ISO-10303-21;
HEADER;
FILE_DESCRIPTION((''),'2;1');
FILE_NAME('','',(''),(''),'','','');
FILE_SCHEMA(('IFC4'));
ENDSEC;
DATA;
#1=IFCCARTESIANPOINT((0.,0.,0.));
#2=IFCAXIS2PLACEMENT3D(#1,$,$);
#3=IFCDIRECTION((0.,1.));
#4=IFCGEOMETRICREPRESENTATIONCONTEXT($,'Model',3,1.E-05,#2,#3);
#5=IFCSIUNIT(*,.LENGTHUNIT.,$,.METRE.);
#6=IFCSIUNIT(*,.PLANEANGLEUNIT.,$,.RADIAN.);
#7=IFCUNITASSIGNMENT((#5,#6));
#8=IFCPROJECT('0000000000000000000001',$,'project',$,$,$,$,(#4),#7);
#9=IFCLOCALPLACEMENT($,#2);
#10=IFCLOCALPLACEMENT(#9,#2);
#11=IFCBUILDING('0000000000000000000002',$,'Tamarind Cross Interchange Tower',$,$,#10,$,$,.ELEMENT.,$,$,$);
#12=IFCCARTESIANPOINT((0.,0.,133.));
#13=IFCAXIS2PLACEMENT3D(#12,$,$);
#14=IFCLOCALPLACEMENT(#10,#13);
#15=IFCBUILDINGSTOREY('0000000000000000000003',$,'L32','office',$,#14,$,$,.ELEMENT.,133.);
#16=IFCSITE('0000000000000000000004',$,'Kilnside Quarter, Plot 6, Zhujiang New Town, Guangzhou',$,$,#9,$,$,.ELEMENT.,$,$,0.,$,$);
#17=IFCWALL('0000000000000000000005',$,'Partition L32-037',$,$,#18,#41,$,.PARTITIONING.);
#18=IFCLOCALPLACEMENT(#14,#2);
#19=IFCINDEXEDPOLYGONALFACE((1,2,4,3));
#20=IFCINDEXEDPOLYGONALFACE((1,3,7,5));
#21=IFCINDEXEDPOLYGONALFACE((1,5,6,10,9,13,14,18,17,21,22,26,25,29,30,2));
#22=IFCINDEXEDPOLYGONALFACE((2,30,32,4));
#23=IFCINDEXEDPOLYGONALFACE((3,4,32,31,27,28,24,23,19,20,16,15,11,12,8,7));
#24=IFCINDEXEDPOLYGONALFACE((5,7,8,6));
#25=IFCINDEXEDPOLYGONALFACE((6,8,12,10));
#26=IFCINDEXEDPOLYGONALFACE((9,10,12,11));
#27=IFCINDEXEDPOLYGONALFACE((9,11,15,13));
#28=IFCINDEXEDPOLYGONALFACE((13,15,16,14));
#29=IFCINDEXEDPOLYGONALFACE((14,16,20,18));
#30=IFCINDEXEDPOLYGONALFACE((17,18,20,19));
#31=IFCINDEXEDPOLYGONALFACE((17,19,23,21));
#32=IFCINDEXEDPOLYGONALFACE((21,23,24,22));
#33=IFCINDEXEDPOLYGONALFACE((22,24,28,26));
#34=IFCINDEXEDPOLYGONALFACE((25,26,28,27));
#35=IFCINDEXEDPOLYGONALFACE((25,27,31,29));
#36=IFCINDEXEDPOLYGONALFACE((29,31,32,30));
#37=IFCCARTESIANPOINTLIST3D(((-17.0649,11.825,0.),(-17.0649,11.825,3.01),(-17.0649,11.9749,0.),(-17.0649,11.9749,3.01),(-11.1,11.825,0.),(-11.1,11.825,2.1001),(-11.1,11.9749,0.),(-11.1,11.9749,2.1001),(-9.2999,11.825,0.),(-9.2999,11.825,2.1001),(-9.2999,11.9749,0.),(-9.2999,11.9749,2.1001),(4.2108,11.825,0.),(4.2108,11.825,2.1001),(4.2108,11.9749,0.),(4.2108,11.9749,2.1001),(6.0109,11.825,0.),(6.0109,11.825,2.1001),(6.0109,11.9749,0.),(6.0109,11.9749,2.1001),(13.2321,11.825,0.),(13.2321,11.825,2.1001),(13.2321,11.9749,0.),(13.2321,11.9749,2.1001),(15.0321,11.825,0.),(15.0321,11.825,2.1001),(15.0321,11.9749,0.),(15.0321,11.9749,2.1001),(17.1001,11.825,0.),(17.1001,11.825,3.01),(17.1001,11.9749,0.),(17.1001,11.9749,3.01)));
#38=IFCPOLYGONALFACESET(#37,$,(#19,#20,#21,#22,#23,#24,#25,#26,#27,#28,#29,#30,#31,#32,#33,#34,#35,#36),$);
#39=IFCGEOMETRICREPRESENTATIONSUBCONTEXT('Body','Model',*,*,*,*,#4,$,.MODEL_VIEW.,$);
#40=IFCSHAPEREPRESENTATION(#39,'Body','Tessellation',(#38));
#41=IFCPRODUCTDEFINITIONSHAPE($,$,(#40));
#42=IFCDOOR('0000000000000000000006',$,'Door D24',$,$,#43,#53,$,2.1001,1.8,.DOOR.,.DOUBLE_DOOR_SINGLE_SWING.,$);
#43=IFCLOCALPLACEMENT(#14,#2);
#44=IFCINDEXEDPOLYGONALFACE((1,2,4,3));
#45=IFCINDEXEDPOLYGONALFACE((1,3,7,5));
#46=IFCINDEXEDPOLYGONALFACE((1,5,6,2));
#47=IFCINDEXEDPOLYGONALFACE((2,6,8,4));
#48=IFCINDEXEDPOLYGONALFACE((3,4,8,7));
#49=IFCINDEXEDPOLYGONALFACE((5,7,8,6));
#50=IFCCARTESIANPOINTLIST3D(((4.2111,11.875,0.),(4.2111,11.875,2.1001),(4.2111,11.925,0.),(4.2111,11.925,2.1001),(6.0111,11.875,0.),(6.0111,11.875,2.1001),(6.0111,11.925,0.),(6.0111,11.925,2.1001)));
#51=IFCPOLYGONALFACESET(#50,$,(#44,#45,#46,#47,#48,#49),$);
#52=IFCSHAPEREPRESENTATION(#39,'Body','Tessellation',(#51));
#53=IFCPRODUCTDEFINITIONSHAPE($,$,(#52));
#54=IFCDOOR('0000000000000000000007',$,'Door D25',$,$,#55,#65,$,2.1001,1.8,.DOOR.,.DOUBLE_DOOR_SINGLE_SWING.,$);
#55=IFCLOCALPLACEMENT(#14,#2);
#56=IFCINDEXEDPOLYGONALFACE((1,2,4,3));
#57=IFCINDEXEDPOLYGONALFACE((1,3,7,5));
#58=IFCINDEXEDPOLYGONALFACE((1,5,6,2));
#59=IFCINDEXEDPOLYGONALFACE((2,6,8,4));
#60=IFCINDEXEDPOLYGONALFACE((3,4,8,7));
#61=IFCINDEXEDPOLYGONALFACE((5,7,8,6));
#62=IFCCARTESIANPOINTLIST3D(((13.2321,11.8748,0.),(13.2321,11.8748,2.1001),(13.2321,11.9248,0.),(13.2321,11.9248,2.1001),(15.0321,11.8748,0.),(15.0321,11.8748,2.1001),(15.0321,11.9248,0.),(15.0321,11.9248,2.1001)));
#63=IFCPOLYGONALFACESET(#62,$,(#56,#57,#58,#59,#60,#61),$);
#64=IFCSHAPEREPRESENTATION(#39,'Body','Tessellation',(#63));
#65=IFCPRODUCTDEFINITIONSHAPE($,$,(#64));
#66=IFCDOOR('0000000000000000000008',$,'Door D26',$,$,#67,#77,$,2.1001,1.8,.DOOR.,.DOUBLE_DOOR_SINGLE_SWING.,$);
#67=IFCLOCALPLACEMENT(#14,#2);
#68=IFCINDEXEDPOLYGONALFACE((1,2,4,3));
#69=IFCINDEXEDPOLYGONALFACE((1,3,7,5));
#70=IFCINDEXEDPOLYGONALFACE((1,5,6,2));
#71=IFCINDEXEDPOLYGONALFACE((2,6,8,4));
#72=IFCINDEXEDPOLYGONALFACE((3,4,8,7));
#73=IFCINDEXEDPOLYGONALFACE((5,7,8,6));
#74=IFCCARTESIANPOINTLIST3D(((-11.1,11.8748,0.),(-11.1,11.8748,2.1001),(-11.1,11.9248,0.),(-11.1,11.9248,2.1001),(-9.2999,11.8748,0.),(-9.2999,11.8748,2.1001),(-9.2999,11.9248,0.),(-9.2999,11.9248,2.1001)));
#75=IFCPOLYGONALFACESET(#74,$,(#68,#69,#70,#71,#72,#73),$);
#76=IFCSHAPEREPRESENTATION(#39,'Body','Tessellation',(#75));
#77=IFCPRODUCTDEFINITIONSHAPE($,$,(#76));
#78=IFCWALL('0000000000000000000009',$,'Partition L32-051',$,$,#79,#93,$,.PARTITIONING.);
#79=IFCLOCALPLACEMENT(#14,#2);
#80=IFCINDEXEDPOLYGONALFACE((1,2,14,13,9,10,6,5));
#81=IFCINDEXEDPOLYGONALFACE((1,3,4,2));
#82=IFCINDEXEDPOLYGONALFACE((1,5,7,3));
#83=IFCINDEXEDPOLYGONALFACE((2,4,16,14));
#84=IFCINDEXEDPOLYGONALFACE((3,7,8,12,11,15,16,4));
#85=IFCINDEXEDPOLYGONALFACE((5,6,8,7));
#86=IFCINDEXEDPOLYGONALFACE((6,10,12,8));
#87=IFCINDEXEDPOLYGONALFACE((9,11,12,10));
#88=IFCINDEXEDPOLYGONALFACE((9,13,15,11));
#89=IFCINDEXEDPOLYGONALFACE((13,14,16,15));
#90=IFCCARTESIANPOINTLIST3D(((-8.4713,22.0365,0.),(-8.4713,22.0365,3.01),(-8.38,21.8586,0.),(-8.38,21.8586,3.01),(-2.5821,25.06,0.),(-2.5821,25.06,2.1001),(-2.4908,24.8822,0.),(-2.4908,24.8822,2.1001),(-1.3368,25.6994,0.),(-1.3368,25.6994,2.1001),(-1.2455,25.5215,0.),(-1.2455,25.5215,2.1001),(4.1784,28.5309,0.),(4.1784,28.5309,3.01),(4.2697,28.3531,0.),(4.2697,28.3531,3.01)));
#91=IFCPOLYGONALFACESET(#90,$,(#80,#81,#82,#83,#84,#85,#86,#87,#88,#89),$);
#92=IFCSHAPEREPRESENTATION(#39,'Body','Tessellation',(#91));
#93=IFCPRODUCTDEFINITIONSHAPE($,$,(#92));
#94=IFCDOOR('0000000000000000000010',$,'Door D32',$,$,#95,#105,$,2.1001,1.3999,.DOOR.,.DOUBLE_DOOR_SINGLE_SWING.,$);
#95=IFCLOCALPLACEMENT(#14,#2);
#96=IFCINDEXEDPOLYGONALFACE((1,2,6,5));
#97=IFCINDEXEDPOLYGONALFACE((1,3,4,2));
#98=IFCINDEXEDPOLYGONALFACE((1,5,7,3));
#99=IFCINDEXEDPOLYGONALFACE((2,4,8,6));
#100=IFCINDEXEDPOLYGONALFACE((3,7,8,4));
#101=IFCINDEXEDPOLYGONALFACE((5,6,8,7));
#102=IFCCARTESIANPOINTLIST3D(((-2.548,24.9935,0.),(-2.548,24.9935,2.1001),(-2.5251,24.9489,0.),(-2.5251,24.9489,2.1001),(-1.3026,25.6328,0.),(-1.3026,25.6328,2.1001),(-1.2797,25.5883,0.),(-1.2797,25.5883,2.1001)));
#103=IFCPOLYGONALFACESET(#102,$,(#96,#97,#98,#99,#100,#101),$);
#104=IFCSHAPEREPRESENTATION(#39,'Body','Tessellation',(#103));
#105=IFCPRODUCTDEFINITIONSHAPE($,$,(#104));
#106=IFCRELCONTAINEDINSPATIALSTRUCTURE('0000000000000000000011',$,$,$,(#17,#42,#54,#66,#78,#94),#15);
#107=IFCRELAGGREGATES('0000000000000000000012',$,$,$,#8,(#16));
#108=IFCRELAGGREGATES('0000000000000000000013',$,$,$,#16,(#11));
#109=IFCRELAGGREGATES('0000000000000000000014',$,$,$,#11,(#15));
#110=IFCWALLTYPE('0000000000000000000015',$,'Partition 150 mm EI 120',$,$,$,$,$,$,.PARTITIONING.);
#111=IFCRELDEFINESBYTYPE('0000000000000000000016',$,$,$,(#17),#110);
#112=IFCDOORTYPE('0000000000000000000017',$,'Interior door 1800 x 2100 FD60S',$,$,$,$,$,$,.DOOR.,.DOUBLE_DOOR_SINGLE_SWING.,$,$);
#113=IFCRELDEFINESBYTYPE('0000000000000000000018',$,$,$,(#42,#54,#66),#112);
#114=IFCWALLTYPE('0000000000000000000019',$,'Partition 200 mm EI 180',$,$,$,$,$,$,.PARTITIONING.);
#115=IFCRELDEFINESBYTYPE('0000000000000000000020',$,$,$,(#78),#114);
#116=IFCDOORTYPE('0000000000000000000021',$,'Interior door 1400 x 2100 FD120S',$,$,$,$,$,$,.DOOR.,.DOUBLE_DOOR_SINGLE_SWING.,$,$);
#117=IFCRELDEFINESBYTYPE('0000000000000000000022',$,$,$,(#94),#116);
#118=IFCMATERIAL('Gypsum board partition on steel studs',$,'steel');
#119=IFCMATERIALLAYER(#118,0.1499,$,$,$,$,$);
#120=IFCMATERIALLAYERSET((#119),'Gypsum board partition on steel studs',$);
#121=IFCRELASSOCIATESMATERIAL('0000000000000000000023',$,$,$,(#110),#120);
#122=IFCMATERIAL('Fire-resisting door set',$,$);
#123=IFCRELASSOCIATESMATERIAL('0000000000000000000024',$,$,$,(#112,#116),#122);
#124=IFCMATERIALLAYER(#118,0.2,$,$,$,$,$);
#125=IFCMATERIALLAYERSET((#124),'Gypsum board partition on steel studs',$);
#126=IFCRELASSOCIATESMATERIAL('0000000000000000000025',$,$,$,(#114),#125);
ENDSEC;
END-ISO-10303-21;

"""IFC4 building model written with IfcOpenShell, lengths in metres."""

from ifc_helpers import new_model, si_unit, direction, frame, frame_2d, origin, place, context, subcontext, project, spatial, rectangle, extrude, material, layer, layer_set, type_object, element, fill, save


model = new_model("IFC4")

# Units and contexts
model_context = context("Model", 3, precision=1e-05, world=origin(), true_north=direction((0.0, 1.0)))
body_context = subcontext(model_context, "Body", "Model", "MODEL_VIEW")
ifc_project = project(units=[si_unit("LENGTHUNIT", "METRE"), si_unit("PLANEANGLEUNIT", "RADIAN")], contexts=[model_context])

# Site, building, storey
site_placement = place(None, origin())
site = spatial("IfcSite", under=ifc_project, at=site_placement, Name="Kilnside Quarter, Plot 6, Zhujiang New Town, Guangzhou", CompositionType="ELEMENT", RefElevation=0.0)
building_placement = place(site_placement, origin())
building = spatial("IfcBuilding", under=site, at=building_placement, Name="Tamarind Cross Interchange Tower", CompositionType="ELEMENT")
storey_placement = place(building_placement, frame((0.0, 0.0, 133.0)))
storey = spatial("IfcBuildingStorey", under=building, at=storey_placement, Name="L32", Description="office", CompositionType="ELEMENT", Elevation=133.0)

# Shared definitions
ifc_material_1 = material(Name="Gypsum board partition on steel studs", Category="steel")
ifc_layer_1 = layer(ifc_material_1, 0.1499)
ifc_layer_set_1 = layer_set([ifc_layer_1], Name="Gypsum board partition on steel studs")
wall_type_1 = type_object("IfcWallType", Name="Partition 150 mm EI 120", PredefinedType="PARTITIONING", material=ifc_layer_set_1)

# Wall, openings, doors
wall_1_placement = place(storey_placement, frame((-17.0649, 11.8999, 0.0), z_axis=(0.0, 0.0, 1.0), x_axis=(1.0, 0.0, 0.0)))
wall_1 = element("IfcWall", 1, at=wall_1_placement, inside=storey, type_object=wall_type_1, Name="Partition L32-037", PredefinedType="PARTITIONING", context=body_context, shape_type="SweptSolid", body=[
    extrude(rectangle(XDim=34.165, YDim=0.1499, at=frame_2d((17.0825, 0.0))), origin(), (0.0, 0.0, 1.0), 3.01),
])
opening_1_placement = place(wall_1_placement, frame((21.2759, 0.0, 0.0)))
opening_1 = element("IfcOpeningElement", 2, at=opening_1_placement, cuts=wall_1, PredefinedType="OPENING", context=body_context, shape_type="SweptSolid", body=[
    extrude(rectangle(XDim=1.8, YDim=2.1001, at=frame_2d((0.8999, 1.05))), frame((0.0, 0.085, 0.0), z_axis=(0.0, -1.0, 0.0), x_axis=(1.0, 0.0, 0.0)), (0.0, 0.0, 1.0), 0.1699),
])
opening_2_placement = place(wall_1_placement, frame((30.2971, 0.0, 0.0)))
opening_2 = element("IfcOpeningElement", 3, at=opening_2_placement, cuts=wall_1, PredefinedType="OPENING", context=body_context, shape_type="SweptSolid", body=[
    extrude(rectangle(XDim=1.8, YDim=2.1001, at=frame_2d((0.8999, 1.05))), frame((0.0, 0.085, 0.0), z_axis=(0.0, -1.0, 0.0), x_axis=(1.0, 0.0, 0.0)), (0.0, 0.0, 1.0), 0.1699),
])
opening_3_placement = place(wall_1_placement, frame((5.9651, 0.0, 0.0)))
opening_3 = element("IfcOpeningElement", 4, at=opening_3_placement, cuts=wall_1, PredefinedType="OPENING", context=body_context, shape_type="SweptSolid", body=[
    extrude(rectangle(XDim=1.8, YDim=2.1001, at=frame_2d((0.8999, 1.05))), frame((0.0, 0.085, 0.0), z_axis=(0.0, -1.0, 0.0), x_axis=(1.0, 0.0, 0.0)), (0.0, 0.0, 1.0), 0.1699),
])
ifc_material_2 = material(Name="Fire-resisting door set")
door_type_1 = type_object("IfcDoorType", Name="Interior door 1800 x 2100 FD60S", OperationType="DOUBLE_DOOR_SINGLE_SWING", PredefinedType="DOOR", material=ifc_material_2)
door_1_placement = place(opening_1_placement, frame((1.8, 0.0, 0.0), z_axis=(0.0, 0.0, 1.0), x_axis=(-1.0, 0.0, 0.0)))
door_1 = element("IfcDoor", 5, at=door_1_placement, inside=storey, type_object=door_type_1, Name="Door D24", OperationType="DOUBLE_DOOR_SINGLE_SWING", OverallHeight=2.1001, OverallWidth=1.8, PredefinedType="DOOR", context=body_context, shape_type="SweptSolid", body=[
    extrude(rectangle(XDim=1.8, YDim=2.1001, at=frame_2d((0.8999, 1.05))), frame((0.0, 0.0249, 0.0), z_axis=(0.0, -1.0, 0.0), x_axis=(1.0, 0.0, 0.0)), (0.0, 0.0, 1.0), 0.05),
])
fill(opening_1, door_1)
door_2_placement = place(opening_2_placement, origin())
door_2 = element("IfcDoor", 6, at=door_2_placement, inside=storey, type_object=door_type_1, Name="Door D25", OperationType="DOUBLE_DOOR_SINGLE_SWING", OverallHeight=2.1001, OverallWidth=1.8, PredefinedType="DOOR", context=body_context, shape_type="SweptSolid", body=[
    extrude(rectangle(XDim=1.8, YDim=2.1001, at=frame_2d((0.8999, 1.05))), frame((0.0, 0.0249, 0.0), z_axis=(0.0, -1.0, 0.0), x_axis=(1.0, 0.0, 0.0)), (0.0, 0.0, 1.0), 0.05),
])
fill(opening_2, door_2)
door_3_placement = place(opening_3_placement, origin())
door_3 = element("IfcDoor", 7, at=door_3_placement, inside=storey, type_object=door_type_1, Name="Door D26", OperationType="DOUBLE_DOOR_SINGLE_SWING", OverallHeight=2.1001, OverallWidth=1.8, PredefinedType="DOOR", context=body_context, shape_type="SweptSolid", body=[
    extrude(rectangle(XDim=1.8, YDim=2.1001, at=frame_2d((0.8999, 1.05))), frame((0.0, 0.0249, 0.0), z_axis=(0.0, -1.0, 0.0), x_axis=(1.0, 0.0, 0.0)), (0.0, 0.0, 1.0), 0.05),
])
fill(opening_3, door_3)

# Wall, opening, door
ifc_layer_2 = layer(ifc_material_1, 0.2)
ifc_layer_set_2 = layer_set([ifc_layer_2], Name="Gypsum board partition on steel studs")
wall_type_2 = type_object("IfcWallType", Name="Partition 200 mm EI 180", PredefinedType="PARTITIONING", material=ifc_layer_set_2)
wall_2_placement = place(storey_placement, frame((-8.4258, 21.9475, 0.0), z_axis=(0.0, 0.0, 1.0), x_axis=(0.889607, 0.456728, 0.0)))
wall_2 = element("IfcWall", 8, at=wall_2_placement, inside=storey, type_object=wall_type_2, Name="Partition L32-051", PredefinedType="PARTITIONING", context=body_context, shape_type="SweptSolid", body=[
    extrude(rectangle(XDim=14.2195, YDim=0.2, at=frame_2d((7.1099, 0.0))), origin(), (0.0, 0.0, 1.0), 3.01),
])
opening_4_placement = place(wall_2_placement, frame((6.6201, 0.0, 0.0)))
opening_4 = element("IfcOpeningElement", 9, at=opening_4_placement, cuts=wall_2, PredefinedType="OPENING", context=body_context, shape_type="SweptSolid", body=[
    extrude(rectangle(XDim=1.3999, YDim=2.1001, at=frame_2d((0.7, 1.05))), frame((0.0, 0.1099, 0.0), z_axis=(0.0, -1.0, 0.0), x_axis=(1.0, 0.0, 0.0)), (0.0, 0.0, 1.0), 0.22),
])
door_type_2 = type_object("IfcDoorType", Name="Interior door 1400 x 2100 FD120S", OperationType="DOUBLE_DOOR_SINGLE_SWING", PredefinedType="DOOR", material=ifc_material_2)
door_4_placement = place(opening_4_placement, frame((1.3999, 0.0, 0.0), z_axis=(0.0, 0.0, 1.0), x_axis=(-1.0, 0.0, 0.0)))
door_4 = element("IfcDoor", 10, at=door_4_placement, inside=storey, type_object=door_type_2, Name="Door D32", OperationType="DOUBLE_DOOR_SINGLE_SWING", OverallHeight=2.1001, OverallWidth=1.3999, PredefinedType="DOOR", context=body_context, shape_type="SweptSolid", body=[
    extrude(rectangle(XDim=1.3999, YDim=2.1001, at=frame_2d((0.7, 1.05))), frame((0.0, 0.0249, 0.0), z_axis=(0.0, -1.0, 0.0), x_axis=(1.0, 0.0, 0.0)), (0.0, 0.0, 1.0), 0.05),
])
fill(opening_4, door_4)

save(model, "model.ifc")
